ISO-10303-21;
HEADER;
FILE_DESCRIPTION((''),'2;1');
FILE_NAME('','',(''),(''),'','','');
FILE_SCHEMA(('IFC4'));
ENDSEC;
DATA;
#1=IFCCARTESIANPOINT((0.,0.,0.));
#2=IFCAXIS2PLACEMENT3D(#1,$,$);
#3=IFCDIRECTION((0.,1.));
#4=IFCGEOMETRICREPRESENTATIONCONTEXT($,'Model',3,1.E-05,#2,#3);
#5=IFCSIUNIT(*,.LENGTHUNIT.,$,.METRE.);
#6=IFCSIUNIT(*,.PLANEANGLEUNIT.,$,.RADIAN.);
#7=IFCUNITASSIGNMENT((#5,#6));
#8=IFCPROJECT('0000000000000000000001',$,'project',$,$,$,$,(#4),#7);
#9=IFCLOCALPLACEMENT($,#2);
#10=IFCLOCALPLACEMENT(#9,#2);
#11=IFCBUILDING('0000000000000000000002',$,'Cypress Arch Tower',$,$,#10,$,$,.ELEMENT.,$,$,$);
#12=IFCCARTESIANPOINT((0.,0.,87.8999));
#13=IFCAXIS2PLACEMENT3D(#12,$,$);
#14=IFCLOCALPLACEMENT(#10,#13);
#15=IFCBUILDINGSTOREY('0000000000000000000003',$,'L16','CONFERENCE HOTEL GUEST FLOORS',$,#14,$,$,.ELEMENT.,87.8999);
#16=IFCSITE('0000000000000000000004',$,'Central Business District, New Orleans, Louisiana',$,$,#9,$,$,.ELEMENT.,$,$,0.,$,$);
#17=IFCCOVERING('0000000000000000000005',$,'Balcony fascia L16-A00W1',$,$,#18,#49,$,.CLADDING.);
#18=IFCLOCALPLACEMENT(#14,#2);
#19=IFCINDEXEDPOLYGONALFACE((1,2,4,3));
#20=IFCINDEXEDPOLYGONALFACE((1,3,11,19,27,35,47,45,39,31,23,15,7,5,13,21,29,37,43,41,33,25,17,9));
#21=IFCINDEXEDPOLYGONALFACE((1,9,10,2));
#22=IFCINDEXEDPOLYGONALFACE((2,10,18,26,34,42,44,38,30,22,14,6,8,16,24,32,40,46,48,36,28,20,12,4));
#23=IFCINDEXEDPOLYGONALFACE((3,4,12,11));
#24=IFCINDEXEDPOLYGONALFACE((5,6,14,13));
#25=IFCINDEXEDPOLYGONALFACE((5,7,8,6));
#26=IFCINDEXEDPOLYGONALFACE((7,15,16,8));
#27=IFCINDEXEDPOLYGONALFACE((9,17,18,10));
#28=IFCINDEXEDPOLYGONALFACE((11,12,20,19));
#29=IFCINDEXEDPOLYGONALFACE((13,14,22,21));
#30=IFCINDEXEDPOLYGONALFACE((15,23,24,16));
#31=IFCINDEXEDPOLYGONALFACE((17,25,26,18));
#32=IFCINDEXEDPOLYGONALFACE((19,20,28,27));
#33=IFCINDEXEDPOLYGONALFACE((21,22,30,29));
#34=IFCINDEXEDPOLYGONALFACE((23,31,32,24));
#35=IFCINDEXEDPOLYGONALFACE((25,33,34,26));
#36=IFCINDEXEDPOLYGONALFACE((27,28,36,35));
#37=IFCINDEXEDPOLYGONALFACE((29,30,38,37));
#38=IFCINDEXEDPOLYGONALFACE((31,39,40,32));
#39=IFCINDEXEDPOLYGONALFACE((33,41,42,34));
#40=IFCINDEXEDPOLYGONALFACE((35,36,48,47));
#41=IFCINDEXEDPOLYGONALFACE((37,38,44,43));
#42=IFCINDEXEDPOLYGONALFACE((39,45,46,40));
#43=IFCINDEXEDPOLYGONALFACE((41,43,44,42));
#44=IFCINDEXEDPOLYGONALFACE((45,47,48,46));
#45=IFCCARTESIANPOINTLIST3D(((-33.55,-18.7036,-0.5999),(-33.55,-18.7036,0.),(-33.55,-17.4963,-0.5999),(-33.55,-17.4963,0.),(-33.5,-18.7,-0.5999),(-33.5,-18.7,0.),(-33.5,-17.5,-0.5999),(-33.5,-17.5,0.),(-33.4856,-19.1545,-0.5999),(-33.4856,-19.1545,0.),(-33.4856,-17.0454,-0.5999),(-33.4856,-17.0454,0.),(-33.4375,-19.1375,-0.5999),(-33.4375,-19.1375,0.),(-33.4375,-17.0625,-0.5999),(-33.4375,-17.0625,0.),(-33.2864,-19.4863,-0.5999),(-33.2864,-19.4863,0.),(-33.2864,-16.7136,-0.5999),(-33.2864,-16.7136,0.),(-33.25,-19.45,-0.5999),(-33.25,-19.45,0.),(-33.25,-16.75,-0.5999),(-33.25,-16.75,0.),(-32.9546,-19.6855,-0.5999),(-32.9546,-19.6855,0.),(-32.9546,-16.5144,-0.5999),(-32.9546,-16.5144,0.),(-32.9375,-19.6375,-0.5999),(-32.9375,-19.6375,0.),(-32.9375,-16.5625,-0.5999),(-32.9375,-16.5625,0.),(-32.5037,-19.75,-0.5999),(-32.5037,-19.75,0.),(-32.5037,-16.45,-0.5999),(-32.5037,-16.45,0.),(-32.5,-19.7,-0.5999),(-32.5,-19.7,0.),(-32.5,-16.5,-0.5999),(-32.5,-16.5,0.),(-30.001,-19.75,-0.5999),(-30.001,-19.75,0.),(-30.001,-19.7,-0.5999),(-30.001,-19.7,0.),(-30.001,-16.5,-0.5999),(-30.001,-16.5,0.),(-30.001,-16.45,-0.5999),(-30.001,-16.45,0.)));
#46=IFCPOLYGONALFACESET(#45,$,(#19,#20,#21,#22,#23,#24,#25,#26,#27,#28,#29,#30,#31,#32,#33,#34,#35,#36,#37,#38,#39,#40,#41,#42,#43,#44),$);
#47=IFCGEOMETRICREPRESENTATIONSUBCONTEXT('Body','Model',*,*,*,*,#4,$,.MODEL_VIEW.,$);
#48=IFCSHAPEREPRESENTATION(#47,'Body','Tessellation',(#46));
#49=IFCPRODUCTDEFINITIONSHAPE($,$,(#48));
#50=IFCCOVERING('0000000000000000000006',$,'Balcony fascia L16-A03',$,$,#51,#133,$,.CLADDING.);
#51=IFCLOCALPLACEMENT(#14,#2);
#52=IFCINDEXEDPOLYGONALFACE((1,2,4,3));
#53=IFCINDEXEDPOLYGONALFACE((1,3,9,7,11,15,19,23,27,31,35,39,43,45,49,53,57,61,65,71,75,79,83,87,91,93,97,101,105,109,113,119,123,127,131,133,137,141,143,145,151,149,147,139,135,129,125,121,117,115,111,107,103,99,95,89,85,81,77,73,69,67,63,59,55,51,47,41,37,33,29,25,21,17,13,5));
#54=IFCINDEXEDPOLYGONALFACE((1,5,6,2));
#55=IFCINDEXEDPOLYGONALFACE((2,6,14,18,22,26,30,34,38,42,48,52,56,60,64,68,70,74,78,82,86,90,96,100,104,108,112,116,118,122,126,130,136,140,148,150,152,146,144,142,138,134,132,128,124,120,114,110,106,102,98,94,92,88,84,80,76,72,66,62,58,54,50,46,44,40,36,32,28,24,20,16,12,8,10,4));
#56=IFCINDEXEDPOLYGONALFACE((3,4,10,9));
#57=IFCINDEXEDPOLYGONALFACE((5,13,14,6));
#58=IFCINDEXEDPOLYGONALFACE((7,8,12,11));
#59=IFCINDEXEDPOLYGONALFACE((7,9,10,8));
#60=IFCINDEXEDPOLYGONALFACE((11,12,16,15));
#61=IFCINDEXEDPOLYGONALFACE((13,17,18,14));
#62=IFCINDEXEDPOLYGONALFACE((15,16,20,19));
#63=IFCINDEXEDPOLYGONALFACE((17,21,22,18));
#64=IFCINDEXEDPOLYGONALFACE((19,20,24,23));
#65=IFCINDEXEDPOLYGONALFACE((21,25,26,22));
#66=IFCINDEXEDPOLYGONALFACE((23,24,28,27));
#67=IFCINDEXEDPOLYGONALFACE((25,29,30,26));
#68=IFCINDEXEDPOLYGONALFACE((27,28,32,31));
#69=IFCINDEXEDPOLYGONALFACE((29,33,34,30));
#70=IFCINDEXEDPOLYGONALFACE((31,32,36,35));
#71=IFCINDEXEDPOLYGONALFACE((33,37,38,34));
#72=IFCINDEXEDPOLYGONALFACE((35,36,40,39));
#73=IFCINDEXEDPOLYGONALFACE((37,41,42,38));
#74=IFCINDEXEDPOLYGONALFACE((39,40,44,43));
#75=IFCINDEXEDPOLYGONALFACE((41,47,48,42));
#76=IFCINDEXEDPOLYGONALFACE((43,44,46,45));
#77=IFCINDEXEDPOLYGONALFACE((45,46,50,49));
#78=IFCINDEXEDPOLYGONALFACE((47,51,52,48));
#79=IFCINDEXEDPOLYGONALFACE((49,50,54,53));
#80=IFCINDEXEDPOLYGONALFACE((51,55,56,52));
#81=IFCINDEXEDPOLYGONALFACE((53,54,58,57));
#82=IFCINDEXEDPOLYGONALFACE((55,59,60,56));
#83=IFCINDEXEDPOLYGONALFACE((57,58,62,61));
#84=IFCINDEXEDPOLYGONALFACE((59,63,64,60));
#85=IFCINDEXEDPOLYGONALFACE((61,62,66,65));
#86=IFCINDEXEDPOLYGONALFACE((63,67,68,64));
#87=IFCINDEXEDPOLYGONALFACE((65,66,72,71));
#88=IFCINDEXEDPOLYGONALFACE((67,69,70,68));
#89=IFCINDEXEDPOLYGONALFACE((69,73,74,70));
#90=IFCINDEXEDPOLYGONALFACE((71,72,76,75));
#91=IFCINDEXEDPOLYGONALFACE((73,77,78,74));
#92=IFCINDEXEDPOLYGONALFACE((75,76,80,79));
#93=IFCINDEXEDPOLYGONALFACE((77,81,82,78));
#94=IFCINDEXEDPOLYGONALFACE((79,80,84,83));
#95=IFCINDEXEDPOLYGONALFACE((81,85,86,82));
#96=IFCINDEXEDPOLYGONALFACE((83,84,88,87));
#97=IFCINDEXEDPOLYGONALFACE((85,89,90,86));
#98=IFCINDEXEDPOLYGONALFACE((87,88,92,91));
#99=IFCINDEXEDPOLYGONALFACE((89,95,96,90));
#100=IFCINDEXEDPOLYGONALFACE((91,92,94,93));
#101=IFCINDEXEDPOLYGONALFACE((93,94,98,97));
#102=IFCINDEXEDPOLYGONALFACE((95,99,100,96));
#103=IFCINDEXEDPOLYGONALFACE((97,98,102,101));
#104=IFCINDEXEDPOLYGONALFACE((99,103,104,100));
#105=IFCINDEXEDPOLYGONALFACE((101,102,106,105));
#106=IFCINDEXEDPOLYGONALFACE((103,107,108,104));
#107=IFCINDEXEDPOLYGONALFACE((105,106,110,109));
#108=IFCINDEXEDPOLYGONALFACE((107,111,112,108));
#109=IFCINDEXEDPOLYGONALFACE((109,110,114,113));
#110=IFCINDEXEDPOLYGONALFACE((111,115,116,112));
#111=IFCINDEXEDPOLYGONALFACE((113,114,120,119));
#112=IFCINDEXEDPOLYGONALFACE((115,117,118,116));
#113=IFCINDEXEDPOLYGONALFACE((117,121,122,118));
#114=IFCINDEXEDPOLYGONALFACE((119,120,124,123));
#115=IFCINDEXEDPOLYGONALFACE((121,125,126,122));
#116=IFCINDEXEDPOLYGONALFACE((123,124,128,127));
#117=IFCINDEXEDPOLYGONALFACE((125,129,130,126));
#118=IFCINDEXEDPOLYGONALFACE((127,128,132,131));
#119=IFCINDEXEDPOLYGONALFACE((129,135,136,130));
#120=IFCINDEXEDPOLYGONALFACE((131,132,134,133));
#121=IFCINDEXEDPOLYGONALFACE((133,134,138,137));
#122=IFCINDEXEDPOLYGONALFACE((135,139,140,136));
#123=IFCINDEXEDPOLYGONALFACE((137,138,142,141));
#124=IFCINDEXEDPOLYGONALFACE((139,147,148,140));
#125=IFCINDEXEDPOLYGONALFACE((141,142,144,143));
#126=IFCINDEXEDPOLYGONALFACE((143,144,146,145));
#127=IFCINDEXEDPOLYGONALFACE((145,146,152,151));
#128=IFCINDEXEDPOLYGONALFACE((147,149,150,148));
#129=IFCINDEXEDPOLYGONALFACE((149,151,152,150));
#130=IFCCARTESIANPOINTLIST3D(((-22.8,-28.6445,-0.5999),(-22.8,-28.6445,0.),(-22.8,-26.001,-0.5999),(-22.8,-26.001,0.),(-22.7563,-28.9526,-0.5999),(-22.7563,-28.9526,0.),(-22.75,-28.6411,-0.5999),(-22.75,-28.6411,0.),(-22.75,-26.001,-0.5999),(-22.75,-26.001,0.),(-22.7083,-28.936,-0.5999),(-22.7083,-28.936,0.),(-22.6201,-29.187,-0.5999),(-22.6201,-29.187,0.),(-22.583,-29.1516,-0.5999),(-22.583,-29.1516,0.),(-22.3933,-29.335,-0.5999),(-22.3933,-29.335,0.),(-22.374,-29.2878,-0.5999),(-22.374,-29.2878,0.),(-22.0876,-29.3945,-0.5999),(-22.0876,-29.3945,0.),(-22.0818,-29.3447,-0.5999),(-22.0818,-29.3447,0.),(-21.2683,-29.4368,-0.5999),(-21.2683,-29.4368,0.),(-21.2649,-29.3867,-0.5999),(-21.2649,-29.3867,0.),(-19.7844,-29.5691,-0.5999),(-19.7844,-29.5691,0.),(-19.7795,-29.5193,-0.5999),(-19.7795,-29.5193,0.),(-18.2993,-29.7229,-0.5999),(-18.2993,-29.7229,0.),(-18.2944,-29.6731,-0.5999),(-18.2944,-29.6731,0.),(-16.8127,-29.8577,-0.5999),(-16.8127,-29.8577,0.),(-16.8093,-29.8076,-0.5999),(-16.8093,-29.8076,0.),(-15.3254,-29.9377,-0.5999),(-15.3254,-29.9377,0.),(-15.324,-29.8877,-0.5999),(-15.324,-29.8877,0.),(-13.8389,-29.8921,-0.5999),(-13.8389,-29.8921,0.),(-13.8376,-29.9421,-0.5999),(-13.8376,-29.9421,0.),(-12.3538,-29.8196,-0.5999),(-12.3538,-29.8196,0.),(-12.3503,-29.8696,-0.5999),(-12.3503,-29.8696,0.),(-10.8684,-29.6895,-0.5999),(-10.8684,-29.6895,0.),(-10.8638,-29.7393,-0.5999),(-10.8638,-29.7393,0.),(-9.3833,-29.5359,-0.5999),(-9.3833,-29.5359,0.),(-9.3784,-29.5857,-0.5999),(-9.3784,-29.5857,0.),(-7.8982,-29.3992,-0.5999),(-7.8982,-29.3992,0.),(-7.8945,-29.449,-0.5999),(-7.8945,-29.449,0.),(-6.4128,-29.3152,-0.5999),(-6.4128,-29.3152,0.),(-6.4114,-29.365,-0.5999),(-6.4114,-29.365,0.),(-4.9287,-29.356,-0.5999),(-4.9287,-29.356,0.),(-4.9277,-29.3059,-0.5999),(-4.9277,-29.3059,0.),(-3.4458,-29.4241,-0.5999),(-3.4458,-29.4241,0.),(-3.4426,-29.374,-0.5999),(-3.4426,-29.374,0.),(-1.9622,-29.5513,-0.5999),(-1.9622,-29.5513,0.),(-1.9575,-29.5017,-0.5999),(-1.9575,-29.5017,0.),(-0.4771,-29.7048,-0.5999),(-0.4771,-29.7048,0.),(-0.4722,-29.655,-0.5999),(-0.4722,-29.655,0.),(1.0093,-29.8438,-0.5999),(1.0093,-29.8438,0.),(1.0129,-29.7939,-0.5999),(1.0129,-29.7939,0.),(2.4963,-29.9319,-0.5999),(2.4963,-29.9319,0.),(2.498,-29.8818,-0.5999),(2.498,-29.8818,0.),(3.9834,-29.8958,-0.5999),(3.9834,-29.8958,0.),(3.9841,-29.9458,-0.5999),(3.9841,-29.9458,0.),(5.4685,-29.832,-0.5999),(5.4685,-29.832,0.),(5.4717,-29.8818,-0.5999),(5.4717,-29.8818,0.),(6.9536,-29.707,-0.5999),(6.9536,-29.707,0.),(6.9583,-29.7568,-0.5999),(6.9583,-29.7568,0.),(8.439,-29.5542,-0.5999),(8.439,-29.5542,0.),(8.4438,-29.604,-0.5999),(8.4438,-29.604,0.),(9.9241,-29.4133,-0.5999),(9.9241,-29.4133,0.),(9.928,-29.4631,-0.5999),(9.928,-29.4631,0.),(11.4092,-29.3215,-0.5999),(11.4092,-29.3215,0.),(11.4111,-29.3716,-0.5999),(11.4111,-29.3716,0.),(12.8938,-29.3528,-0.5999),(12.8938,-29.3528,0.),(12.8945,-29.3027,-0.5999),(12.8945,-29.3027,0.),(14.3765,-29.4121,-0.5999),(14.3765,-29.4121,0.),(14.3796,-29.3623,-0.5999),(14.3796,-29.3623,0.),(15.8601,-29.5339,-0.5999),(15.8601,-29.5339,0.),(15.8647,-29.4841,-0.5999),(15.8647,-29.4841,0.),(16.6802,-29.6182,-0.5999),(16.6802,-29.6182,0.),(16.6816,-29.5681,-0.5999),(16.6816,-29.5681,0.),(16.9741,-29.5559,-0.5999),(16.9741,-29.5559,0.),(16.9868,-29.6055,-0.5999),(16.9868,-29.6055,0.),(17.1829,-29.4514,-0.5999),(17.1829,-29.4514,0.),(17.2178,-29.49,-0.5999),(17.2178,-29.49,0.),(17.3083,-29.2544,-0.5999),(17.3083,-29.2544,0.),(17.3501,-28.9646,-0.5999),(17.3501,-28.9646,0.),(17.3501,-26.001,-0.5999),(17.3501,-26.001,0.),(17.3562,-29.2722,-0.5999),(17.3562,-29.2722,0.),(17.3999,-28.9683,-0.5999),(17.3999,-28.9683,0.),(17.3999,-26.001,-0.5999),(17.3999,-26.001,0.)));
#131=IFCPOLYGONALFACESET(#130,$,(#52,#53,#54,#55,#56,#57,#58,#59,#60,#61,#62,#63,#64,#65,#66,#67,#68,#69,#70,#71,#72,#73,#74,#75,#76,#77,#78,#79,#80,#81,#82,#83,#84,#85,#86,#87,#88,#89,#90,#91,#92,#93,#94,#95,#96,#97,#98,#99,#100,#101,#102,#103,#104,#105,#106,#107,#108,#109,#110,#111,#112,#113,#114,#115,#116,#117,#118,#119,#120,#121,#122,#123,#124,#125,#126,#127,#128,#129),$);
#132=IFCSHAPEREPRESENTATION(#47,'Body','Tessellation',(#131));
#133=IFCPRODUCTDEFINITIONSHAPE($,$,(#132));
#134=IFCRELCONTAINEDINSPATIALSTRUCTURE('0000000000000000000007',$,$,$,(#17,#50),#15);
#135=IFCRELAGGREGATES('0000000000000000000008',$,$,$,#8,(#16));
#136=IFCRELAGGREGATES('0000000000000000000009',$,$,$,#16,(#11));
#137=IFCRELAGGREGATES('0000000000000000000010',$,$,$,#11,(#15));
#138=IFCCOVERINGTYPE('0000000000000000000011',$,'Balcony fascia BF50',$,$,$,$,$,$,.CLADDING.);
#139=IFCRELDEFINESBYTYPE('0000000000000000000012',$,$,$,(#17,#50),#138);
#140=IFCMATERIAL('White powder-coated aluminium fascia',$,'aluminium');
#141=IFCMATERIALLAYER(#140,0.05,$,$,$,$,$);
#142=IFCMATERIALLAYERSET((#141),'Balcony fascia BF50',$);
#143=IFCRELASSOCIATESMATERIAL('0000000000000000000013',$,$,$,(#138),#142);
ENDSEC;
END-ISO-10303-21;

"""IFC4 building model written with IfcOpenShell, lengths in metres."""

from ifc_helpers import new_model, si_unit, direction, frame, origin, place, context, subcontext, project, spatial, polyline, outline, extrude, material, layer, layer_set, type_object, element, save


model = new_model("IFC4")

# Units and contexts
model_context = context("Model", 3, precision=1e-05, world=origin(), true_north=direction((0.0, 1.0)))
body_context = subcontext(model_context, "Body", "Model", "MODEL_VIEW")
ifc_project = project(units=[si_unit("LENGTHUNIT", "METRE"), si_unit("PLANEANGLEUNIT", "RADIAN")], contexts=[model_context])

# Site, building, storey
site_placement = place(None, origin())
site = spatial("IfcSite", under=ifc_project, at=site_placement, Name="Central Business District, New Orleans, Louisiana", CompositionType="ELEMENT", RefElevation=0.0)
building_placement = place(site_placement, origin())
building = spatial("IfcBuilding", under=site, at=building_placement, Name="Cypress Arch Tower", CompositionType="ELEMENT")
storey_placement = place(building_placement, frame((0.0, 0.0, 87.8999)))
storey = spatial("IfcBuildingStorey", under=building, at=storey_placement, Name="L16", Description="CONFERENCE HOTEL GUEST FLOORS", CompositionType="ELEMENT", Elevation=87.8999)

# Coverings
ifc_material_1 = material(Name="White powder-coated aluminium fascia", Category="aluminium")
ifc_layer_1 = layer(ifc_material_1, 0.05)
ifc_layer_set_1 = layer_set([ifc_layer_1], Name="Balcony fascia BF50")
covering_type_1 = type_object("IfcCoveringType", Name="Balcony fascia BF50", PredefinedType="CLADDING", material=ifc_layer_set_1)
covering_1_placement = place(storey_placement, frame((0.0, 0.0, -0.5999)))
element("IfcCovering", 1, at=covering_1_placement, inside=storey, type_object=covering_type_1, Name="Balcony fascia L16-A00W1", PredefinedType="CLADDING", context=body_context, shape_type="SweptSolid", body=[
    extrude(outline(polyline([(-32.5037, -19.75), (-32.9546, -19.6855), (-33.2864, -19.4863), (-33.4856, -19.1545), (-33.55, -18.7036), (-33.55, -17.4963), (-33.4856, -17.0454), (-33.2864, -16.7136), (-32.9546, -16.5144), (-32.5037, -16.45), (-30.001, -16.45), (-30.001, -16.5), (-32.5, -16.5), (-32.9375, -16.5625), (-33.25, -16.75), (-33.4375, -17.0625), (-33.5, -17.5), (-33.5, -18.7), (-33.4375, -19.1375), (-33.25, -19.45), (-32.9375, -19.6375), (-32.5, -19.7), (-30.001, -19.7), (-30.001, -19.75), (-32.5037, -19.75)])), origin(), (0.0, 0.0, 1.0), 0.5999),
])
covering_2_placement = place(storey_placement, frame((0.0, 0.0, -0.5999)))
element("IfcCovering", 2, at=covering_2_placement, inside=storey, type_object=covering_type_1, Name="Balcony fascia L16-A03", PredefinedType="CLADDING", context=body_context, shape_type="SweptSolid", body=[
    extrude(outline(polyline([(17.3999, -28.9683), (17.3562, -29.2722), (17.2178, -29.49), (16.9868, -29.6055), (16.6802, -29.6182), (15.8601, -29.5339), (14.3765, -29.4121), (12.8938, -29.3528), (11.4111, -29.3716), (9.928, -29.4631), (8.4438, -29.604), (6.9583, -29.7568), (5.4717, -29.8818), (3.9841, -29.9458), (2.4963, -29.9319), (1.0093, -29.8438), (-0.4771, -29.7048), (-1.9622, -29.5513), (-3.4458, -29.4241), (-4.9287, -29.356), (-6.4114, -29.365), (-7.8945, -29.449), (-9.3784, -29.5857), (-10.8638, -29.7393), (-12.3503, -29.8696), (-13.8376, -29.9421), (-15.3254, -29.9377), (-16.8127, -29.8577), (-18.2993, -29.7229), (-19.7844, -29.5691), (-21.2683, -29.4368), (-22.0876, -29.3945), (-22.3933, -29.335), (-22.6201, -29.187), (-22.7563, -28.9526), (-22.8, -28.6445), (-22.8, -26.001), (-22.75, -26.001), (-22.75, -28.6411), (-22.7083, -28.936), (-22.583, -29.1516), (-22.374, -29.2878), (-22.0818, -29.3447), (-21.2649, -29.3867), (-19.7795, -29.5193), (-18.2944, -29.6731), (-16.8093, -29.8076), (-15.324, -29.8877), (-13.8389, -29.8921), (-12.3538, -29.8196), (-10.8684, -29.6895), (-9.3833, -29.5359), (-7.8982, -29.3992), (-6.4128, -29.3152), (-4.9277, -29.3059), (-3.4426, -29.374), (-1.9575, -29.5017), (-0.4722, -29.655), (1.0129, -29.7939), (2.498, -29.8818), (3.9834, -29.8958), (5.4685, -29.832), (6.9536, -29.707), (8.439, -29.5542), (9.9241, -29.4133), (11.4092, -29.3215), (12.8945, -29.3027), (14.3796, -29.3623), (15.8647, -29.4841), (16.6816, -29.5681), (16.9741, -29.5559), (17.1829, -29.4514), (17.3083, -29.2544), (17.3501, -28.9646), (17.3501, -26.001), (17.3999, -26.001), (17.3999, -28.9683)])), origin(), (0.0, 0.0, 1.0), 0.5999),
])

save(model, "model.ifc")
